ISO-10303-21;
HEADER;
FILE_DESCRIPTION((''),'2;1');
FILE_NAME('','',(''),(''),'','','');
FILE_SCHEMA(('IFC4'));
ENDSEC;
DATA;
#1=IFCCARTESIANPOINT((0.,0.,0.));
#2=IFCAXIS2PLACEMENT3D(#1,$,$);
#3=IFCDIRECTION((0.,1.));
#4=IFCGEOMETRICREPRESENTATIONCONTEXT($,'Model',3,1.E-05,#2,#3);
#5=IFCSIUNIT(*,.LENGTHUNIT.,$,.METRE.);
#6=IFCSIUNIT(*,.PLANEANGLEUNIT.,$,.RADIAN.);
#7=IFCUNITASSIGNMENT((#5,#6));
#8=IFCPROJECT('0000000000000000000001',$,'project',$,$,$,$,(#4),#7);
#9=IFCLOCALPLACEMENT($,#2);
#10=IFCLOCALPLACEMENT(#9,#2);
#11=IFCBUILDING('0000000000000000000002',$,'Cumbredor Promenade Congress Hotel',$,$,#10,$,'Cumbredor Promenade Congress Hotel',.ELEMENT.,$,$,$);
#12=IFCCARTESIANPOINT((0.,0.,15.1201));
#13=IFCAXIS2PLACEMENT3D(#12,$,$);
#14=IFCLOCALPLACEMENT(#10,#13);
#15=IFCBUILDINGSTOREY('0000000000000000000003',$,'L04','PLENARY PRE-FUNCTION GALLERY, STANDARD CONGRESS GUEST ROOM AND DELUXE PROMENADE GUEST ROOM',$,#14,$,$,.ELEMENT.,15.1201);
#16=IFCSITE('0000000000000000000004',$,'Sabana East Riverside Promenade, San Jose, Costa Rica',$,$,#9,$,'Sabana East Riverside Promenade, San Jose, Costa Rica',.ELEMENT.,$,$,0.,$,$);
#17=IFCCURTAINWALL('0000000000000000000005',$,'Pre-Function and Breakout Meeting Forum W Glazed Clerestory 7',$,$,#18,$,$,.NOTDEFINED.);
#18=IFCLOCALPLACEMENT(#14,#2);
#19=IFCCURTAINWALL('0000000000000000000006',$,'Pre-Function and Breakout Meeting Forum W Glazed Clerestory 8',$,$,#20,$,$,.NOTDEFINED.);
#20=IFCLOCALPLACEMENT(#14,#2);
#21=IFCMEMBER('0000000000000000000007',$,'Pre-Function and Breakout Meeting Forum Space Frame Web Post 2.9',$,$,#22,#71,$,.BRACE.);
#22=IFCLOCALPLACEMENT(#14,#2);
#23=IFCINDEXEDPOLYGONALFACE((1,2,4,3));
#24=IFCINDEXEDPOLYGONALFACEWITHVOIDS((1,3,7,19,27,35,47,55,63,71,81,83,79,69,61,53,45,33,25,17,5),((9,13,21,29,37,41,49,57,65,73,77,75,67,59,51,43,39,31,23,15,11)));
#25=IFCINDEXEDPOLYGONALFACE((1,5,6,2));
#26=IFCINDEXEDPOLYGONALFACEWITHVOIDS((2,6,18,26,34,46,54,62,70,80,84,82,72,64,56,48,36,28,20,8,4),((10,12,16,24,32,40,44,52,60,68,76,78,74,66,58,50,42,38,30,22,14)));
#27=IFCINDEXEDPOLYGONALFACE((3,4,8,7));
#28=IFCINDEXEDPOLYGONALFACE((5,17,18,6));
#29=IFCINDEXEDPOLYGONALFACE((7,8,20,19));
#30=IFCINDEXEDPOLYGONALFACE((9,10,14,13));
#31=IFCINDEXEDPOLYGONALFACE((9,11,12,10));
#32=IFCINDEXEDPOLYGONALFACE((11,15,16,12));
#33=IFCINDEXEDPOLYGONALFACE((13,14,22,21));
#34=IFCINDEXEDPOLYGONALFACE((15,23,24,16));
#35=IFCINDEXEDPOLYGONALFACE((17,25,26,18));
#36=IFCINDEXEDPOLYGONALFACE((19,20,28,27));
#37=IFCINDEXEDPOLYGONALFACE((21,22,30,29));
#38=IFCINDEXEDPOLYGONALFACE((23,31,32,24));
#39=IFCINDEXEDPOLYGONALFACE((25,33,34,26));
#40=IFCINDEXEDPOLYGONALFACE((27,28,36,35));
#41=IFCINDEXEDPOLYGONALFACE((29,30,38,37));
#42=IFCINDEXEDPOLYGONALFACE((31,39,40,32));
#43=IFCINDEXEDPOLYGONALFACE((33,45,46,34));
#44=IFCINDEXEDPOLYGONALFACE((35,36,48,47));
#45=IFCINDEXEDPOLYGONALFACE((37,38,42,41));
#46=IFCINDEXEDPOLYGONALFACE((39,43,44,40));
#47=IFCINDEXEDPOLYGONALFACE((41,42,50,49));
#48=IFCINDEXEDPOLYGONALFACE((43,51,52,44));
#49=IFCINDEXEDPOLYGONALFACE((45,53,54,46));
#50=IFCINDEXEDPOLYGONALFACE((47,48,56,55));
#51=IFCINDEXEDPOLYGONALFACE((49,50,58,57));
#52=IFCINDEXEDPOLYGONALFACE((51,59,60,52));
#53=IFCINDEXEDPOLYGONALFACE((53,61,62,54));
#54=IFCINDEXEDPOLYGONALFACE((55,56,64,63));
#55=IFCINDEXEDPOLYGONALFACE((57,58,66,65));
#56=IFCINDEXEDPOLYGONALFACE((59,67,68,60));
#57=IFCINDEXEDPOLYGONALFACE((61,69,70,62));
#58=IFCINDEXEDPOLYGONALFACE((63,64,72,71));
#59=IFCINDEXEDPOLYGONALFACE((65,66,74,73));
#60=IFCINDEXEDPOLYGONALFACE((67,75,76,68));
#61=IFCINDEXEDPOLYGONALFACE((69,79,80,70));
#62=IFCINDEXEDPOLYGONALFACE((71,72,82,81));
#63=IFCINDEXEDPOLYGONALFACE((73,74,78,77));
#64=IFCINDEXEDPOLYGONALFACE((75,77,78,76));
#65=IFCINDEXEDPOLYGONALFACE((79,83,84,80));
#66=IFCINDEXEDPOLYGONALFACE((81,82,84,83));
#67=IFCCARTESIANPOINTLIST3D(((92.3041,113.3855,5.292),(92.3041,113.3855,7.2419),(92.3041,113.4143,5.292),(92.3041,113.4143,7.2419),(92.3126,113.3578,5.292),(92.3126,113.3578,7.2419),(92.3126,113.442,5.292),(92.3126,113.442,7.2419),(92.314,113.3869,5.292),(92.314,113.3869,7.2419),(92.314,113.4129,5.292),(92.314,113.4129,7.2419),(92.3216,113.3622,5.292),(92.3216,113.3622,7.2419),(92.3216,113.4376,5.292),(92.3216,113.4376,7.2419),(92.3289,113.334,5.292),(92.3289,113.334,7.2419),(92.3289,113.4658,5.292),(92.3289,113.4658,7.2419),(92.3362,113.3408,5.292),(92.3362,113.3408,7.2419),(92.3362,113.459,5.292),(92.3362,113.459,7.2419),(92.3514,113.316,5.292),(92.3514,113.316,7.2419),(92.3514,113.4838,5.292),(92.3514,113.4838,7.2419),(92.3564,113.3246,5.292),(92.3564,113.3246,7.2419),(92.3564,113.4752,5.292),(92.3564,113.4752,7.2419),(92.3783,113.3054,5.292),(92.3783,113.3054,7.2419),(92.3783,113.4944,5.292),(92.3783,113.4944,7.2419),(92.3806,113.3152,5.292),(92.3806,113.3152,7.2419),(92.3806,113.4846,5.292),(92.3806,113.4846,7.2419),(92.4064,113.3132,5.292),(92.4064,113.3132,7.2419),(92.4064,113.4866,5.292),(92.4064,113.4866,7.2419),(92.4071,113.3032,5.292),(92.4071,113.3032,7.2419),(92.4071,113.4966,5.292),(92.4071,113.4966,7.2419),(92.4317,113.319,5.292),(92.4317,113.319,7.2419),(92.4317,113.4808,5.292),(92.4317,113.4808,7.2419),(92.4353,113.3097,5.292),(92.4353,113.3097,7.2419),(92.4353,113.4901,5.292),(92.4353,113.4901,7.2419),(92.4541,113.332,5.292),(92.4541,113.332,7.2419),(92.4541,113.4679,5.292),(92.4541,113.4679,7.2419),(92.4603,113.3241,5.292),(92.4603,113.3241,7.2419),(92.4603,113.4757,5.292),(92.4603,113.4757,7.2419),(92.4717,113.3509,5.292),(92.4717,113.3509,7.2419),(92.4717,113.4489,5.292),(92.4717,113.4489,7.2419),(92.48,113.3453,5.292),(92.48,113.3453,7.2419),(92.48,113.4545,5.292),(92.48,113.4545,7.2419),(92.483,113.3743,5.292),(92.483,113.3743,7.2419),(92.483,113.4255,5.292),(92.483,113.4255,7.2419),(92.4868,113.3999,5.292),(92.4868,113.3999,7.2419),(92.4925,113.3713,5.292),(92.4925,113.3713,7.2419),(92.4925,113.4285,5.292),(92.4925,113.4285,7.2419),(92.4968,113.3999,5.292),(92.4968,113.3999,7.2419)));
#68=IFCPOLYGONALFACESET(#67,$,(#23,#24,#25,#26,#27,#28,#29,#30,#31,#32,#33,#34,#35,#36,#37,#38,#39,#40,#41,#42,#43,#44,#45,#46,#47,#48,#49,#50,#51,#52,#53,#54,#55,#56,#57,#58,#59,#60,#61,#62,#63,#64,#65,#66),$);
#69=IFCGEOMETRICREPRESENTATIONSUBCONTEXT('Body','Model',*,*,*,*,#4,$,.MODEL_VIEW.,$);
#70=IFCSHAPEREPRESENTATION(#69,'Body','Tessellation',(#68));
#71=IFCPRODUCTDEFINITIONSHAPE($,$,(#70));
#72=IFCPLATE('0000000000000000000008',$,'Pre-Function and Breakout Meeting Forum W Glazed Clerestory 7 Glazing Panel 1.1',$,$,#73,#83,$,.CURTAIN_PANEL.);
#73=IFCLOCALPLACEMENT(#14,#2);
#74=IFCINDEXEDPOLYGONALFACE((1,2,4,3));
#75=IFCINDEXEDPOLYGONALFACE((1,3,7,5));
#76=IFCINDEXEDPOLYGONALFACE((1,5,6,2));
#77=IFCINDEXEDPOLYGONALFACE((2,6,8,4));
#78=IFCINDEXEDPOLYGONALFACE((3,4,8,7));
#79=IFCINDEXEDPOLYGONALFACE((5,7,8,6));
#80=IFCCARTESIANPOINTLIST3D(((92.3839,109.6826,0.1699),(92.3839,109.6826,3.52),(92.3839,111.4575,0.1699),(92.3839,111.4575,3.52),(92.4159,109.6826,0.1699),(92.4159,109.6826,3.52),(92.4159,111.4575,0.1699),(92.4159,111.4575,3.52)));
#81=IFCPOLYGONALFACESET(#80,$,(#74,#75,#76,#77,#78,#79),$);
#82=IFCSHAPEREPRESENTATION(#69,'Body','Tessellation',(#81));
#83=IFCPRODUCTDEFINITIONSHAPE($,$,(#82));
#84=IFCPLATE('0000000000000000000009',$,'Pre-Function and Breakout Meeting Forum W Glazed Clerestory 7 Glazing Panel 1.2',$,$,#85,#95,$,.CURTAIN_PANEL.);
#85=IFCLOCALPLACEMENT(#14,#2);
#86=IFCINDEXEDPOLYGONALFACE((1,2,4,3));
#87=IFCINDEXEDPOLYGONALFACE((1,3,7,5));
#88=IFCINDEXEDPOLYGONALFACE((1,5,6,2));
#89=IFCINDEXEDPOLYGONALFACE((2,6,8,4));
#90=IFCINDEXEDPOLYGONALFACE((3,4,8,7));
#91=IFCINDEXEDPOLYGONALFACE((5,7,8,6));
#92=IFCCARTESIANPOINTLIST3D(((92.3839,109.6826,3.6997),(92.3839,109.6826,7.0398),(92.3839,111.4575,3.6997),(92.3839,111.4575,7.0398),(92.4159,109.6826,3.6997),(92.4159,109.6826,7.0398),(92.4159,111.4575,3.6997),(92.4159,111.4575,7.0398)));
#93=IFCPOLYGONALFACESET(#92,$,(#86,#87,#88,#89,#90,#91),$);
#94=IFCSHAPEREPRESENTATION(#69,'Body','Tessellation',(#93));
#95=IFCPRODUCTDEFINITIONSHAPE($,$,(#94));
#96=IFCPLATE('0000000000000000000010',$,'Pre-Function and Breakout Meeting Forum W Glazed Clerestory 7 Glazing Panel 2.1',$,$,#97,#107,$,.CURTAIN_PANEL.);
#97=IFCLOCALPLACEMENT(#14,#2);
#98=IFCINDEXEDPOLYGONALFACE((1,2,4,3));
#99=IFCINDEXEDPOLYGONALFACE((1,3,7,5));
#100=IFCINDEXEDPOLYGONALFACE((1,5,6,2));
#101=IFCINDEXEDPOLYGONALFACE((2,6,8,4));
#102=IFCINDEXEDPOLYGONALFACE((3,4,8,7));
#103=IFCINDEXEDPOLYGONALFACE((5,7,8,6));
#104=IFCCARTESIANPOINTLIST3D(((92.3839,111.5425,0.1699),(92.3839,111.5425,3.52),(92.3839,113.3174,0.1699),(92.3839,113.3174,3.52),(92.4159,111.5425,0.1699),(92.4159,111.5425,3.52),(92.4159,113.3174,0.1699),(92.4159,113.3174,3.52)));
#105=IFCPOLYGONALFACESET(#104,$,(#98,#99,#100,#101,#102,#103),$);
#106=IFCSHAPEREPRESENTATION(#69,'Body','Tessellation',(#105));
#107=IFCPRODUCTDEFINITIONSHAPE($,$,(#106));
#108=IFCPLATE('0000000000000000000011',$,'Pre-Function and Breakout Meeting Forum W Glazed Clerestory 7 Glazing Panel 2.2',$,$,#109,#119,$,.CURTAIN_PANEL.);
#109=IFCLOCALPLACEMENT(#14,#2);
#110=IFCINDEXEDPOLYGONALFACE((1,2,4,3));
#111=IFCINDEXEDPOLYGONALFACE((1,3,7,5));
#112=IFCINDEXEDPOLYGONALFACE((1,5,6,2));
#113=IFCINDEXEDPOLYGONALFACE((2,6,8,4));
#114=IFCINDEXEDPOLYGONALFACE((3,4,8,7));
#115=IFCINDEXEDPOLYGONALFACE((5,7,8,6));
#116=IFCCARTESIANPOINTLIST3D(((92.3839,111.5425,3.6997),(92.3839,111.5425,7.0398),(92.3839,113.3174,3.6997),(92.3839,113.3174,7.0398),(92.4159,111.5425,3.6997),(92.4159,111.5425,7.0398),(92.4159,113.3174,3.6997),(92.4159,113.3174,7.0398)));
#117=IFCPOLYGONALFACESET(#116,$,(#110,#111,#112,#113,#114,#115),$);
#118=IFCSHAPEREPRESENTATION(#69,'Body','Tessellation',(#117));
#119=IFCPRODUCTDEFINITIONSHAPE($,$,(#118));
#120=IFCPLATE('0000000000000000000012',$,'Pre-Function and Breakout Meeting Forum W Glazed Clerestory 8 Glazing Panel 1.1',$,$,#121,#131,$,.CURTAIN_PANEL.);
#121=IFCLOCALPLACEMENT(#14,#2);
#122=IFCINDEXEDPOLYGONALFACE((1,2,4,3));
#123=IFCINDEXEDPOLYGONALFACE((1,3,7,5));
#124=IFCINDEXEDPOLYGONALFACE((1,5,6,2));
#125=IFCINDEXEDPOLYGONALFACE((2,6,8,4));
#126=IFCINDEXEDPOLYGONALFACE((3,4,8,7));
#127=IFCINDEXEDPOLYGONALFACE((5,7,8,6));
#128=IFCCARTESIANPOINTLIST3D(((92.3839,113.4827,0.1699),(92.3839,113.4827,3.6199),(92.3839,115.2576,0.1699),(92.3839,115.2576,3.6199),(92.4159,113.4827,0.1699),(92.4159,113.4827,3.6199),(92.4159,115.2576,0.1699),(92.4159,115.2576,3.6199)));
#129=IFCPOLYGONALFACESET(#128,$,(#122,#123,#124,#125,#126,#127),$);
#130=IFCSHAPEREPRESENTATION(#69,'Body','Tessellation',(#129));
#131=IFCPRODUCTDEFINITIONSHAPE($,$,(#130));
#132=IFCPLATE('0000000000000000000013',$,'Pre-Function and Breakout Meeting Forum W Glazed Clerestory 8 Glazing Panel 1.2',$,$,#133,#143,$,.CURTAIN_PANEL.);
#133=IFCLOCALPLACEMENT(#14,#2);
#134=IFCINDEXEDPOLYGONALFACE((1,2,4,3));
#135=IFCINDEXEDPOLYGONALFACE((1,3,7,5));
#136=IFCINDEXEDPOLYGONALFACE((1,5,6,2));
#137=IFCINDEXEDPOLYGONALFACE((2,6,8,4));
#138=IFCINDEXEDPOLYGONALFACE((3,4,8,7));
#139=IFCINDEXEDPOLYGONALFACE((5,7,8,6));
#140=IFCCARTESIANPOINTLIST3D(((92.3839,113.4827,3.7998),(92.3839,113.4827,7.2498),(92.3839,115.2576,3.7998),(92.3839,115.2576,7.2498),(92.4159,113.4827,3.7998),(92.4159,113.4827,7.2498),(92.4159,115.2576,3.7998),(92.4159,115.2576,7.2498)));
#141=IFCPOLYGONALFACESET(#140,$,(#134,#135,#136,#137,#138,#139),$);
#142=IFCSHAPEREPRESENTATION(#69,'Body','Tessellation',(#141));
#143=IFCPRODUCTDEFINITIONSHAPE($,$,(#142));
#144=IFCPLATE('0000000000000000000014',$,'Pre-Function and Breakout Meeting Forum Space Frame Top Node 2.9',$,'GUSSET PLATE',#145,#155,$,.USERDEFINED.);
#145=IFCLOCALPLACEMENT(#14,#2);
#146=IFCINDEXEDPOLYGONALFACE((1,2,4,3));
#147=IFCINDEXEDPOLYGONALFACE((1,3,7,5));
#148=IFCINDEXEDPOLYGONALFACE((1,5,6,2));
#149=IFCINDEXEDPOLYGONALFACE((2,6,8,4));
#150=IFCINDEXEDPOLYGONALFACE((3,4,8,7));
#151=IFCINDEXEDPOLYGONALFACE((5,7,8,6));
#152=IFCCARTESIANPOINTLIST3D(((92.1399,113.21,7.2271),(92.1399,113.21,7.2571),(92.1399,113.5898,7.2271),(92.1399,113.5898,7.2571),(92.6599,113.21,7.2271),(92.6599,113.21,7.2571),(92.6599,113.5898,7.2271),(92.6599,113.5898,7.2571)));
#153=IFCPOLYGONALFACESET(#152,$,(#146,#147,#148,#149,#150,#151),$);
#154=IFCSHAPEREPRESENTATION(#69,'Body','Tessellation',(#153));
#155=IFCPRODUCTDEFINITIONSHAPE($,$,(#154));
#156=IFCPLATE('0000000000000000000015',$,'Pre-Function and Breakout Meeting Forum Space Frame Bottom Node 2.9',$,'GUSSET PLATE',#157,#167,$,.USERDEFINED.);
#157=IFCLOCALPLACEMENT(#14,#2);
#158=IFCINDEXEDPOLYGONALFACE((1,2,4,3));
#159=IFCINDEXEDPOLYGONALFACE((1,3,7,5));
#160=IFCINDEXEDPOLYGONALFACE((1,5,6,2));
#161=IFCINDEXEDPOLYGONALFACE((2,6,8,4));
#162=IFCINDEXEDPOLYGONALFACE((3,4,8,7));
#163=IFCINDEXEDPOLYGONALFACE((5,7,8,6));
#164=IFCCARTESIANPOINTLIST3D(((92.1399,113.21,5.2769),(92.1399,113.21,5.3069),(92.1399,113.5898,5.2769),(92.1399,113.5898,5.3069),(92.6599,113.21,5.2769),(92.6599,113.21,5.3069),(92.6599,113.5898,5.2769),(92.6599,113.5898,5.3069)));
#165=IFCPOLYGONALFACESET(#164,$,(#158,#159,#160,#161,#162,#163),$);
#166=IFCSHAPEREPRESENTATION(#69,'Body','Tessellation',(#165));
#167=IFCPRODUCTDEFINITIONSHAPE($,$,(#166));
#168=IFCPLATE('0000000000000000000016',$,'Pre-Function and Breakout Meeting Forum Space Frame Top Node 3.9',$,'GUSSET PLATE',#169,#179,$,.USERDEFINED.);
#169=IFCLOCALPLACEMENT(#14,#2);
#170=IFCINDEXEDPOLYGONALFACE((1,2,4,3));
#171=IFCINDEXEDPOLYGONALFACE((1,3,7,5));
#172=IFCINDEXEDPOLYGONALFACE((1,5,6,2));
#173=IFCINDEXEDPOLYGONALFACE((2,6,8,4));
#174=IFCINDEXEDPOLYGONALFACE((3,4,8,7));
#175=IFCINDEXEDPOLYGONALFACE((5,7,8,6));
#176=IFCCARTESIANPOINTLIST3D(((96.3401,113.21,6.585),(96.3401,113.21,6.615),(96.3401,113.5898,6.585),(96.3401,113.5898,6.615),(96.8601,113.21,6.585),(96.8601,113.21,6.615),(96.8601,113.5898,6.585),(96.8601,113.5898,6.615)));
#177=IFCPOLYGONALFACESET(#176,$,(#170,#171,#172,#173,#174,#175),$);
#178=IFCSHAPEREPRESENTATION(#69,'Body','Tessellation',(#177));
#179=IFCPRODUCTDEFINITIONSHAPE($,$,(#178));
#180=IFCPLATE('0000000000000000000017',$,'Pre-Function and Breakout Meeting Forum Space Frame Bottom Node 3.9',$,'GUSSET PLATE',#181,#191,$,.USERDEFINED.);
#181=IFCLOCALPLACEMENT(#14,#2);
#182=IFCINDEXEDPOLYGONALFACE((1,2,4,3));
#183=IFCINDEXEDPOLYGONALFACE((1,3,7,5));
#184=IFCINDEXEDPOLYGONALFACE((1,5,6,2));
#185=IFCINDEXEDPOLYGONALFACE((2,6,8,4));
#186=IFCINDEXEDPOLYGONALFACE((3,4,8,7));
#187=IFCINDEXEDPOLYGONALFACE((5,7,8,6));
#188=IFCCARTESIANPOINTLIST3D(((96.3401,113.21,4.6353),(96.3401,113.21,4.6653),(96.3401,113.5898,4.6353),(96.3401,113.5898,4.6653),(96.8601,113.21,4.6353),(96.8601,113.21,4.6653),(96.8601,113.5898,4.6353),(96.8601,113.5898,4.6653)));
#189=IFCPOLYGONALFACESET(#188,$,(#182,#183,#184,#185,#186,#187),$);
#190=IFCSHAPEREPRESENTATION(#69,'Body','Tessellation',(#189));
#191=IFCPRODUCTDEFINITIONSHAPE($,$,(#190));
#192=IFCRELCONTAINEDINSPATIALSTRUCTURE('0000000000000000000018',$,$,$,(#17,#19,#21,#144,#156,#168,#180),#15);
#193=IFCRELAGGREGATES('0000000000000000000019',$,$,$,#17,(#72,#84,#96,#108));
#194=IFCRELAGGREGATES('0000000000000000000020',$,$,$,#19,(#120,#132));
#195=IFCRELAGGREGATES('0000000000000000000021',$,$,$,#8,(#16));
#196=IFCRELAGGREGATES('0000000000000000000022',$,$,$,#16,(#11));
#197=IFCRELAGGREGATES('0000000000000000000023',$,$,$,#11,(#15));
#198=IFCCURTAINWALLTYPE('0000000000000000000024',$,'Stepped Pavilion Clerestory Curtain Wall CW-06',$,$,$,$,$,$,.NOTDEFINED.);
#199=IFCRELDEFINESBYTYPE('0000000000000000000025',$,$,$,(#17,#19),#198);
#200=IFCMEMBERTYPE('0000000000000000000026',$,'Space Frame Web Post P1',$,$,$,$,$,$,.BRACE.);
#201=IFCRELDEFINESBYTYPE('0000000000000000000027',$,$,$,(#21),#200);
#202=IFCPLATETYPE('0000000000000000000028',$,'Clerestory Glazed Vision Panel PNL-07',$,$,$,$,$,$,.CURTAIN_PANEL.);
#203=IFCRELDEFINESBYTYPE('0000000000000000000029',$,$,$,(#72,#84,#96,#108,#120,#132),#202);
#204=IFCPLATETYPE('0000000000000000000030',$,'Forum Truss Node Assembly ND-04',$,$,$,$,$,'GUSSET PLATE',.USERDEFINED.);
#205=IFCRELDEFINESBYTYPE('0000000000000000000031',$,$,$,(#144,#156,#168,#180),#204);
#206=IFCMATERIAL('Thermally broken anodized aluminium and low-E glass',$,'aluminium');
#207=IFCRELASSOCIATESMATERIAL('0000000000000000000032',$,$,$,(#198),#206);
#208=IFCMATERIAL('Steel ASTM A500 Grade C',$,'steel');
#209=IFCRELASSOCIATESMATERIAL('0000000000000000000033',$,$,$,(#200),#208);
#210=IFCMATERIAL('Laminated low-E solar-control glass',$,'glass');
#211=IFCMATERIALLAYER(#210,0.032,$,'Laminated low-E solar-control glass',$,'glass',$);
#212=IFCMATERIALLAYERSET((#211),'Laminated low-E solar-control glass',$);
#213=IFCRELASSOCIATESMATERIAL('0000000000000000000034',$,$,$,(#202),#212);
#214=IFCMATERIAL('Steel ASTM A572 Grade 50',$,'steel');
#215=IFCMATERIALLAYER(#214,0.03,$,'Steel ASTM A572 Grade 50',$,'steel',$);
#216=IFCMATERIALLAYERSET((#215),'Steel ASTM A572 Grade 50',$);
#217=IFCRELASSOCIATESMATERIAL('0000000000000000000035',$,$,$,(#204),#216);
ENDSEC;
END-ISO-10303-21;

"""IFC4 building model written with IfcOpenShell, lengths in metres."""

from ifc_helpers import new_model, si_unit, direction, frame, origin, origin_2d, place, context, subcontext, project, spatial, rectangle, hollow_circle, extrude, material, layer, layer_set, material_profile, profile_set, type_object, element, aggregate, save


model = new_model("IFC4")

# Units and contexts
model_context = context("Model", 3, precision=1e-05, world=origin(), true_north=direction((0.0, 1.0)))
body_context = subcontext(model_context, "Body", "Model", "MODEL_VIEW")
ifc_project = project(units=[si_unit("LENGTHUNIT", "METRE"), si_unit("PLANEANGLEUNIT", "RADIAN")], contexts=[model_context])

# Site, building, storey
site_placement = place(None, origin())
site = spatial("IfcSite", under=ifc_project, at=site_placement, Name="Sabana East Riverside Promenade, San Jose, Costa Rica", LongName="Sabana East Riverside Promenade, San Jose, Costa Rica", CompositionType="ELEMENT", RefElevation=0.0)
building_placement = place(site_placement, origin())
building = spatial("IfcBuilding", under=site, at=building_placement, Name="Cumbredor Promenade Congress Hotel", LongName="Cumbredor Promenade Congress Hotel", CompositionType="ELEMENT")
storey_placement = place(building_placement, frame((0.0, 0.0, 15.1201)))
storey = spatial("IfcBuildingStorey", under=building, at=storey_placement, Name="L04", Description="PLENARY PRE-FUNCTION GALLERY, STANDARD CONGRESS GUEST ROOM AND DELUXE PROMENADE GUEST ROOM", CompositionType="ELEMENT", Elevation=15.1201)

# Curtain walls
ifc_material_1 = material(Name="Thermally broken anodized aluminium and low-E glass", Category="aluminium")
curtain_wall_type = type_object("IfcCurtainWallType", Name="Stepped Pavilion Clerestory Curtain Wall CW-06", PredefinedType="NOTDEFINED", material=ifc_material_1)
curtain_wall_1_placement = place(storey_placement, origin())
curtain_wall_1 = element("IfcCurtainWall", 1, at=curtain_wall_1_placement, inside=storey, type_object=curtain_wall_type, Name="Pre-Function and Breakout Meeting Forum W Glazed Clerestory 7", PredefinedType="NOTDEFINED")
curtain_wall_2_placement = place(storey_placement, origin())
curtain_wall_2 = element("IfcCurtainWall", 2, at=curtain_wall_2_placement, inside=storey, type_object=curtain_wall_type, Name="Pre-Function and Breakout Meeting Forum W Glazed Clerestory 8", PredefinedType="NOTDEFINED")

# Member
ifc_material_2 = material(Name="Steel ASTM A500 Grade C", Category="steel")
ifc_material_profile_1 = material_profile(ifc_material_2, hollow_circle(Radius=0.0969, WallThickness=0.01, at=origin_2d()), Name="CHS 193.7x10")
ifc_profile_set_1 = profile_set([ifc_material_profile_1], Name="Steel ASTM A500 Grade C")
member_type_1 = type_object("IfcMemberType", Name="Space Frame Web Post P1", PredefinedType="BRACE", material=ifc_profile_set_1)
member_1_placement = place(storey_placement, frame((92.3999, 113.3999, 5.292), z_axis=(0.0, 0.0, 1.0), x_axis=(1.0, 0.0, 0.0)))
element("IfcMember", 3, at=member_1_placement, inside=storey, type_object=member_type_1, Name="Pre-Function and Breakout Meeting Forum Space Frame Web Post 2.9", PredefinedType="BRACE", context=body_context, shape_type="SweptSolid", body=[
    extrude(hollow_circle(Radius=0.0969, WallThickness=0.01, at=origin_2d()), origin(), (0.0, 0.0, 1.0), 1.95),
])

# Plates
ifc_material_3 = material(Name="Laminated low-E solar-control glass", Category="glass")
ifc_layer_1 = layer(ifc_material_3, 0.032, Name="Laminated low-E solar-control glass", Category="glass")
ifc_layer_set_1 = layer_set([ifc_layer_1], Name="Laminated low-E solar-control glass")
plate_type_1 = type_object("IfcPlateType", Name="Clerestory Glazed Vision Panel PNL-07", PredefinedType="CURTAIN_PANEL", material=ifc_layer_set_1)
plate_1_placement = place(storey_placement, frame((92.3999, 110.5701, 0.1699), z_axis=(0.0, 0.0, 1.0), x_axis=(0.0, 1.0, 0.0)))
plate_1 = element("IfcPlate", 4, at=plate_1_placement, type_object=plate_type_1, Name="Pre-Function and Breakout Meeting Forum W Glazed Clerestory 7 Glazing Panel 1.1", PredefinedType="CURTAIN_PANEL", context=body_context, shape_type="SweptSolid", body=[
    extrude(rectangle(XDim=1.7749, YDim=0.032, at=origin_2d()), origin(), (0.0, 0.0, 1.0), 3.3501),
])
plate_2_placement = place(storey_placement, frame((92.3999, 110.5701, 3.6997), z_axis=(0.0, 0.0, 1.0), x_axis=(0.0, 1.0, 0.0)))
plate_2 = element("IfcPlate", 5, at=plate_2_placement, type_object=plate_type_1, Name="Pre-Function and Breakout Meeting Forum W Glazed Clerestory 7 Glazing Panel 1.2", PredefinedType="CURTAIN_PANEL", context=body_context, shape_type="SweptSolid", body=[
    extrude(rectangle(XDim=1.7749, YDim=0.032, at=origin_2d()), origin(), (0.0, 0.0, 1.0), 3.3401),
])
plate_3_placement = place(storey_placement, frame((92.3999, 112.4299, 0.1699), z_axis=(0.0, 0.0, 1.0), x_axis=(0.0, 1.0, 0.0)))
plate_3 = element("IfcPlate", 6, at=plate_3_placement, type_object=plate_type_1, Name="Pre-Function and Breakout Meeting Forum W Glazed Clerestory 7 Glazing Panel 2.1", PredefinedType="CURTAIN_PANEL", context=body_context, shape_type="SweptSolid", body=[
    extrude(rectangle(XDim=1.7749, YDim=0.032, at=origin_2d()), origin(), (0.0, 0.0, 1.0), 3.3501),
])
plate_4_placement = place(storey_placement, frame((92.3999, 112.4299, 3.6997), z_axis=(0.0, 0.0, 1.0), x_axis=(0.0, 1.0, 0.0)))
plate_4 = element("IfcPlate", 7, at=plate_4_placement, type_object=plate_type_1, Name="Pre-Function and Breakout Meeting Forum W Glazed Clerestory 7 Glazing Panel 2.2", PredefinedType="CURTAIN_PANEL", context=body_context, shape_type="SweptSolid", body=[
    extrude(rectangle(XDim=1.7749, YDim=0.032, at=origin_2d()), origin(), (0.0, 0.0, 1.0), 3.3401),
])
aggregate(curtain_wall_1, [plate_1, plate_2, plate_3, plate_4])
plate_5_placement = place(storey_placement, frame((92.3999, 114.3701, 0.1699), z_axis=(0.0, 0.0, 1.0), x_axis=(0.0, 1.0, 0.0)))
plate_5 = element("IfcPlate", 8, at=plate_5_placement, type_object=plate_type_1, Name="Pre-Function and Breakout Meeting Forum W Glazed Clerestory 8 Glazing Panel 1.1", PredefinedType="CURTAIN_PANEL", context=body_context, shape_type="SweptSolid", body=[
    extrude(rectangle(XDim=1.7749, YDim=0.032, at=origin_2d()), origin(), (0.0, 0.0, 1.0), 3.45),
])
plate_6_placement = place(storey_placement, frame((92.3999, 114.3701, 3.7998), z_axis=(0.0, 0.0, 1.0), x_axis=(0.0, 1.0, 0.0)))
plate_6 = element("IfcPlate", 9, at=plate_6_placement, type_object=plate_type_1, Name="Pre-Function and Breakout Meeting Forum W Glazed Clerestory 8 Glazing Panel 1.2", PredefinedType="CURTAIN_PANEL", context=body_context, shape_type="SweptSolid", body=[
    extrude(rectangle(XDim=1.7749, YDim=0.032, at=origin_2d()), origin(), (0.0, 0.0, 1.0), 3.45),
])
aggregate(curtain_wall_2, [plate_5, plate_6])

# Plates
ifc_material_4 = material(Name="Steel ASTM A572 Grade 50", Category="steel")
ifc_layer_2 = layer(ifc_material_4, 0.03, Name="Steel ASTM A572 Grade 50", Category="steel")
ifc_layer_set_2 = layer_set([ifc_layer_2], Name="Steel ASTM A572 Grade 50")
plate_type_2 = type_object("IfcPlateType", Name="Forum Truss Node Assembly ND-04", ElementType="GUSSET PLATE", PredefinedType="USERDEFINED", material=ifc_layer_set_2)
for number, where, z_axis, x_axis, name in (
    (10, (92.3999, 113.3999, 7.2271), (0.0, 0.0, 1.0), (1.0, 0.0, 0.0), "Pre-Function and Breakout Meeting Forum Space Frame Top Node 2.9"),
    (11, (92.3999, 113.3999, 5.2769), (0.0, 0.0, 1.0), (1.0, 0.0, 0.0), "Pre-Function and Breakout Meeting Forum Space Frame Bottom Node 2.9"),
    (12, (96.6001, 113.3999, 6.585), (0.0, 0.0, 1.0), (1.0, 0.0, 0.0), "Pre-Function and Breakout Meeting Forum Space Frame Top Node 3.9"),
    (13, (96.6001, 113.3999, 4.6353), (0.0, 0.0, 1.0), (1.0, 0.0, 0.0), "Pre-Function and Breakout Meeting Forum Space Frame Bottom Node 3.9"),
):
    element("IfcPlate", number, at=place(storey_placement, frame(where, z_axis=z_axis, x_axis=x_axis)), inside=storey, type_object=plate_type_2, Name=name, ObjectType="GUSSET PLATE", PredefinedType="USERDEFINED", context=body_context, shape_type="SweptSolid", body=[
        extrude(rectangle(XDim=0.52, YDim=0.3799, at=origin_2d()), origin(), (0.0, 0.0, 1.0), 0.03),
    ])

save(model, "model.ifc")
